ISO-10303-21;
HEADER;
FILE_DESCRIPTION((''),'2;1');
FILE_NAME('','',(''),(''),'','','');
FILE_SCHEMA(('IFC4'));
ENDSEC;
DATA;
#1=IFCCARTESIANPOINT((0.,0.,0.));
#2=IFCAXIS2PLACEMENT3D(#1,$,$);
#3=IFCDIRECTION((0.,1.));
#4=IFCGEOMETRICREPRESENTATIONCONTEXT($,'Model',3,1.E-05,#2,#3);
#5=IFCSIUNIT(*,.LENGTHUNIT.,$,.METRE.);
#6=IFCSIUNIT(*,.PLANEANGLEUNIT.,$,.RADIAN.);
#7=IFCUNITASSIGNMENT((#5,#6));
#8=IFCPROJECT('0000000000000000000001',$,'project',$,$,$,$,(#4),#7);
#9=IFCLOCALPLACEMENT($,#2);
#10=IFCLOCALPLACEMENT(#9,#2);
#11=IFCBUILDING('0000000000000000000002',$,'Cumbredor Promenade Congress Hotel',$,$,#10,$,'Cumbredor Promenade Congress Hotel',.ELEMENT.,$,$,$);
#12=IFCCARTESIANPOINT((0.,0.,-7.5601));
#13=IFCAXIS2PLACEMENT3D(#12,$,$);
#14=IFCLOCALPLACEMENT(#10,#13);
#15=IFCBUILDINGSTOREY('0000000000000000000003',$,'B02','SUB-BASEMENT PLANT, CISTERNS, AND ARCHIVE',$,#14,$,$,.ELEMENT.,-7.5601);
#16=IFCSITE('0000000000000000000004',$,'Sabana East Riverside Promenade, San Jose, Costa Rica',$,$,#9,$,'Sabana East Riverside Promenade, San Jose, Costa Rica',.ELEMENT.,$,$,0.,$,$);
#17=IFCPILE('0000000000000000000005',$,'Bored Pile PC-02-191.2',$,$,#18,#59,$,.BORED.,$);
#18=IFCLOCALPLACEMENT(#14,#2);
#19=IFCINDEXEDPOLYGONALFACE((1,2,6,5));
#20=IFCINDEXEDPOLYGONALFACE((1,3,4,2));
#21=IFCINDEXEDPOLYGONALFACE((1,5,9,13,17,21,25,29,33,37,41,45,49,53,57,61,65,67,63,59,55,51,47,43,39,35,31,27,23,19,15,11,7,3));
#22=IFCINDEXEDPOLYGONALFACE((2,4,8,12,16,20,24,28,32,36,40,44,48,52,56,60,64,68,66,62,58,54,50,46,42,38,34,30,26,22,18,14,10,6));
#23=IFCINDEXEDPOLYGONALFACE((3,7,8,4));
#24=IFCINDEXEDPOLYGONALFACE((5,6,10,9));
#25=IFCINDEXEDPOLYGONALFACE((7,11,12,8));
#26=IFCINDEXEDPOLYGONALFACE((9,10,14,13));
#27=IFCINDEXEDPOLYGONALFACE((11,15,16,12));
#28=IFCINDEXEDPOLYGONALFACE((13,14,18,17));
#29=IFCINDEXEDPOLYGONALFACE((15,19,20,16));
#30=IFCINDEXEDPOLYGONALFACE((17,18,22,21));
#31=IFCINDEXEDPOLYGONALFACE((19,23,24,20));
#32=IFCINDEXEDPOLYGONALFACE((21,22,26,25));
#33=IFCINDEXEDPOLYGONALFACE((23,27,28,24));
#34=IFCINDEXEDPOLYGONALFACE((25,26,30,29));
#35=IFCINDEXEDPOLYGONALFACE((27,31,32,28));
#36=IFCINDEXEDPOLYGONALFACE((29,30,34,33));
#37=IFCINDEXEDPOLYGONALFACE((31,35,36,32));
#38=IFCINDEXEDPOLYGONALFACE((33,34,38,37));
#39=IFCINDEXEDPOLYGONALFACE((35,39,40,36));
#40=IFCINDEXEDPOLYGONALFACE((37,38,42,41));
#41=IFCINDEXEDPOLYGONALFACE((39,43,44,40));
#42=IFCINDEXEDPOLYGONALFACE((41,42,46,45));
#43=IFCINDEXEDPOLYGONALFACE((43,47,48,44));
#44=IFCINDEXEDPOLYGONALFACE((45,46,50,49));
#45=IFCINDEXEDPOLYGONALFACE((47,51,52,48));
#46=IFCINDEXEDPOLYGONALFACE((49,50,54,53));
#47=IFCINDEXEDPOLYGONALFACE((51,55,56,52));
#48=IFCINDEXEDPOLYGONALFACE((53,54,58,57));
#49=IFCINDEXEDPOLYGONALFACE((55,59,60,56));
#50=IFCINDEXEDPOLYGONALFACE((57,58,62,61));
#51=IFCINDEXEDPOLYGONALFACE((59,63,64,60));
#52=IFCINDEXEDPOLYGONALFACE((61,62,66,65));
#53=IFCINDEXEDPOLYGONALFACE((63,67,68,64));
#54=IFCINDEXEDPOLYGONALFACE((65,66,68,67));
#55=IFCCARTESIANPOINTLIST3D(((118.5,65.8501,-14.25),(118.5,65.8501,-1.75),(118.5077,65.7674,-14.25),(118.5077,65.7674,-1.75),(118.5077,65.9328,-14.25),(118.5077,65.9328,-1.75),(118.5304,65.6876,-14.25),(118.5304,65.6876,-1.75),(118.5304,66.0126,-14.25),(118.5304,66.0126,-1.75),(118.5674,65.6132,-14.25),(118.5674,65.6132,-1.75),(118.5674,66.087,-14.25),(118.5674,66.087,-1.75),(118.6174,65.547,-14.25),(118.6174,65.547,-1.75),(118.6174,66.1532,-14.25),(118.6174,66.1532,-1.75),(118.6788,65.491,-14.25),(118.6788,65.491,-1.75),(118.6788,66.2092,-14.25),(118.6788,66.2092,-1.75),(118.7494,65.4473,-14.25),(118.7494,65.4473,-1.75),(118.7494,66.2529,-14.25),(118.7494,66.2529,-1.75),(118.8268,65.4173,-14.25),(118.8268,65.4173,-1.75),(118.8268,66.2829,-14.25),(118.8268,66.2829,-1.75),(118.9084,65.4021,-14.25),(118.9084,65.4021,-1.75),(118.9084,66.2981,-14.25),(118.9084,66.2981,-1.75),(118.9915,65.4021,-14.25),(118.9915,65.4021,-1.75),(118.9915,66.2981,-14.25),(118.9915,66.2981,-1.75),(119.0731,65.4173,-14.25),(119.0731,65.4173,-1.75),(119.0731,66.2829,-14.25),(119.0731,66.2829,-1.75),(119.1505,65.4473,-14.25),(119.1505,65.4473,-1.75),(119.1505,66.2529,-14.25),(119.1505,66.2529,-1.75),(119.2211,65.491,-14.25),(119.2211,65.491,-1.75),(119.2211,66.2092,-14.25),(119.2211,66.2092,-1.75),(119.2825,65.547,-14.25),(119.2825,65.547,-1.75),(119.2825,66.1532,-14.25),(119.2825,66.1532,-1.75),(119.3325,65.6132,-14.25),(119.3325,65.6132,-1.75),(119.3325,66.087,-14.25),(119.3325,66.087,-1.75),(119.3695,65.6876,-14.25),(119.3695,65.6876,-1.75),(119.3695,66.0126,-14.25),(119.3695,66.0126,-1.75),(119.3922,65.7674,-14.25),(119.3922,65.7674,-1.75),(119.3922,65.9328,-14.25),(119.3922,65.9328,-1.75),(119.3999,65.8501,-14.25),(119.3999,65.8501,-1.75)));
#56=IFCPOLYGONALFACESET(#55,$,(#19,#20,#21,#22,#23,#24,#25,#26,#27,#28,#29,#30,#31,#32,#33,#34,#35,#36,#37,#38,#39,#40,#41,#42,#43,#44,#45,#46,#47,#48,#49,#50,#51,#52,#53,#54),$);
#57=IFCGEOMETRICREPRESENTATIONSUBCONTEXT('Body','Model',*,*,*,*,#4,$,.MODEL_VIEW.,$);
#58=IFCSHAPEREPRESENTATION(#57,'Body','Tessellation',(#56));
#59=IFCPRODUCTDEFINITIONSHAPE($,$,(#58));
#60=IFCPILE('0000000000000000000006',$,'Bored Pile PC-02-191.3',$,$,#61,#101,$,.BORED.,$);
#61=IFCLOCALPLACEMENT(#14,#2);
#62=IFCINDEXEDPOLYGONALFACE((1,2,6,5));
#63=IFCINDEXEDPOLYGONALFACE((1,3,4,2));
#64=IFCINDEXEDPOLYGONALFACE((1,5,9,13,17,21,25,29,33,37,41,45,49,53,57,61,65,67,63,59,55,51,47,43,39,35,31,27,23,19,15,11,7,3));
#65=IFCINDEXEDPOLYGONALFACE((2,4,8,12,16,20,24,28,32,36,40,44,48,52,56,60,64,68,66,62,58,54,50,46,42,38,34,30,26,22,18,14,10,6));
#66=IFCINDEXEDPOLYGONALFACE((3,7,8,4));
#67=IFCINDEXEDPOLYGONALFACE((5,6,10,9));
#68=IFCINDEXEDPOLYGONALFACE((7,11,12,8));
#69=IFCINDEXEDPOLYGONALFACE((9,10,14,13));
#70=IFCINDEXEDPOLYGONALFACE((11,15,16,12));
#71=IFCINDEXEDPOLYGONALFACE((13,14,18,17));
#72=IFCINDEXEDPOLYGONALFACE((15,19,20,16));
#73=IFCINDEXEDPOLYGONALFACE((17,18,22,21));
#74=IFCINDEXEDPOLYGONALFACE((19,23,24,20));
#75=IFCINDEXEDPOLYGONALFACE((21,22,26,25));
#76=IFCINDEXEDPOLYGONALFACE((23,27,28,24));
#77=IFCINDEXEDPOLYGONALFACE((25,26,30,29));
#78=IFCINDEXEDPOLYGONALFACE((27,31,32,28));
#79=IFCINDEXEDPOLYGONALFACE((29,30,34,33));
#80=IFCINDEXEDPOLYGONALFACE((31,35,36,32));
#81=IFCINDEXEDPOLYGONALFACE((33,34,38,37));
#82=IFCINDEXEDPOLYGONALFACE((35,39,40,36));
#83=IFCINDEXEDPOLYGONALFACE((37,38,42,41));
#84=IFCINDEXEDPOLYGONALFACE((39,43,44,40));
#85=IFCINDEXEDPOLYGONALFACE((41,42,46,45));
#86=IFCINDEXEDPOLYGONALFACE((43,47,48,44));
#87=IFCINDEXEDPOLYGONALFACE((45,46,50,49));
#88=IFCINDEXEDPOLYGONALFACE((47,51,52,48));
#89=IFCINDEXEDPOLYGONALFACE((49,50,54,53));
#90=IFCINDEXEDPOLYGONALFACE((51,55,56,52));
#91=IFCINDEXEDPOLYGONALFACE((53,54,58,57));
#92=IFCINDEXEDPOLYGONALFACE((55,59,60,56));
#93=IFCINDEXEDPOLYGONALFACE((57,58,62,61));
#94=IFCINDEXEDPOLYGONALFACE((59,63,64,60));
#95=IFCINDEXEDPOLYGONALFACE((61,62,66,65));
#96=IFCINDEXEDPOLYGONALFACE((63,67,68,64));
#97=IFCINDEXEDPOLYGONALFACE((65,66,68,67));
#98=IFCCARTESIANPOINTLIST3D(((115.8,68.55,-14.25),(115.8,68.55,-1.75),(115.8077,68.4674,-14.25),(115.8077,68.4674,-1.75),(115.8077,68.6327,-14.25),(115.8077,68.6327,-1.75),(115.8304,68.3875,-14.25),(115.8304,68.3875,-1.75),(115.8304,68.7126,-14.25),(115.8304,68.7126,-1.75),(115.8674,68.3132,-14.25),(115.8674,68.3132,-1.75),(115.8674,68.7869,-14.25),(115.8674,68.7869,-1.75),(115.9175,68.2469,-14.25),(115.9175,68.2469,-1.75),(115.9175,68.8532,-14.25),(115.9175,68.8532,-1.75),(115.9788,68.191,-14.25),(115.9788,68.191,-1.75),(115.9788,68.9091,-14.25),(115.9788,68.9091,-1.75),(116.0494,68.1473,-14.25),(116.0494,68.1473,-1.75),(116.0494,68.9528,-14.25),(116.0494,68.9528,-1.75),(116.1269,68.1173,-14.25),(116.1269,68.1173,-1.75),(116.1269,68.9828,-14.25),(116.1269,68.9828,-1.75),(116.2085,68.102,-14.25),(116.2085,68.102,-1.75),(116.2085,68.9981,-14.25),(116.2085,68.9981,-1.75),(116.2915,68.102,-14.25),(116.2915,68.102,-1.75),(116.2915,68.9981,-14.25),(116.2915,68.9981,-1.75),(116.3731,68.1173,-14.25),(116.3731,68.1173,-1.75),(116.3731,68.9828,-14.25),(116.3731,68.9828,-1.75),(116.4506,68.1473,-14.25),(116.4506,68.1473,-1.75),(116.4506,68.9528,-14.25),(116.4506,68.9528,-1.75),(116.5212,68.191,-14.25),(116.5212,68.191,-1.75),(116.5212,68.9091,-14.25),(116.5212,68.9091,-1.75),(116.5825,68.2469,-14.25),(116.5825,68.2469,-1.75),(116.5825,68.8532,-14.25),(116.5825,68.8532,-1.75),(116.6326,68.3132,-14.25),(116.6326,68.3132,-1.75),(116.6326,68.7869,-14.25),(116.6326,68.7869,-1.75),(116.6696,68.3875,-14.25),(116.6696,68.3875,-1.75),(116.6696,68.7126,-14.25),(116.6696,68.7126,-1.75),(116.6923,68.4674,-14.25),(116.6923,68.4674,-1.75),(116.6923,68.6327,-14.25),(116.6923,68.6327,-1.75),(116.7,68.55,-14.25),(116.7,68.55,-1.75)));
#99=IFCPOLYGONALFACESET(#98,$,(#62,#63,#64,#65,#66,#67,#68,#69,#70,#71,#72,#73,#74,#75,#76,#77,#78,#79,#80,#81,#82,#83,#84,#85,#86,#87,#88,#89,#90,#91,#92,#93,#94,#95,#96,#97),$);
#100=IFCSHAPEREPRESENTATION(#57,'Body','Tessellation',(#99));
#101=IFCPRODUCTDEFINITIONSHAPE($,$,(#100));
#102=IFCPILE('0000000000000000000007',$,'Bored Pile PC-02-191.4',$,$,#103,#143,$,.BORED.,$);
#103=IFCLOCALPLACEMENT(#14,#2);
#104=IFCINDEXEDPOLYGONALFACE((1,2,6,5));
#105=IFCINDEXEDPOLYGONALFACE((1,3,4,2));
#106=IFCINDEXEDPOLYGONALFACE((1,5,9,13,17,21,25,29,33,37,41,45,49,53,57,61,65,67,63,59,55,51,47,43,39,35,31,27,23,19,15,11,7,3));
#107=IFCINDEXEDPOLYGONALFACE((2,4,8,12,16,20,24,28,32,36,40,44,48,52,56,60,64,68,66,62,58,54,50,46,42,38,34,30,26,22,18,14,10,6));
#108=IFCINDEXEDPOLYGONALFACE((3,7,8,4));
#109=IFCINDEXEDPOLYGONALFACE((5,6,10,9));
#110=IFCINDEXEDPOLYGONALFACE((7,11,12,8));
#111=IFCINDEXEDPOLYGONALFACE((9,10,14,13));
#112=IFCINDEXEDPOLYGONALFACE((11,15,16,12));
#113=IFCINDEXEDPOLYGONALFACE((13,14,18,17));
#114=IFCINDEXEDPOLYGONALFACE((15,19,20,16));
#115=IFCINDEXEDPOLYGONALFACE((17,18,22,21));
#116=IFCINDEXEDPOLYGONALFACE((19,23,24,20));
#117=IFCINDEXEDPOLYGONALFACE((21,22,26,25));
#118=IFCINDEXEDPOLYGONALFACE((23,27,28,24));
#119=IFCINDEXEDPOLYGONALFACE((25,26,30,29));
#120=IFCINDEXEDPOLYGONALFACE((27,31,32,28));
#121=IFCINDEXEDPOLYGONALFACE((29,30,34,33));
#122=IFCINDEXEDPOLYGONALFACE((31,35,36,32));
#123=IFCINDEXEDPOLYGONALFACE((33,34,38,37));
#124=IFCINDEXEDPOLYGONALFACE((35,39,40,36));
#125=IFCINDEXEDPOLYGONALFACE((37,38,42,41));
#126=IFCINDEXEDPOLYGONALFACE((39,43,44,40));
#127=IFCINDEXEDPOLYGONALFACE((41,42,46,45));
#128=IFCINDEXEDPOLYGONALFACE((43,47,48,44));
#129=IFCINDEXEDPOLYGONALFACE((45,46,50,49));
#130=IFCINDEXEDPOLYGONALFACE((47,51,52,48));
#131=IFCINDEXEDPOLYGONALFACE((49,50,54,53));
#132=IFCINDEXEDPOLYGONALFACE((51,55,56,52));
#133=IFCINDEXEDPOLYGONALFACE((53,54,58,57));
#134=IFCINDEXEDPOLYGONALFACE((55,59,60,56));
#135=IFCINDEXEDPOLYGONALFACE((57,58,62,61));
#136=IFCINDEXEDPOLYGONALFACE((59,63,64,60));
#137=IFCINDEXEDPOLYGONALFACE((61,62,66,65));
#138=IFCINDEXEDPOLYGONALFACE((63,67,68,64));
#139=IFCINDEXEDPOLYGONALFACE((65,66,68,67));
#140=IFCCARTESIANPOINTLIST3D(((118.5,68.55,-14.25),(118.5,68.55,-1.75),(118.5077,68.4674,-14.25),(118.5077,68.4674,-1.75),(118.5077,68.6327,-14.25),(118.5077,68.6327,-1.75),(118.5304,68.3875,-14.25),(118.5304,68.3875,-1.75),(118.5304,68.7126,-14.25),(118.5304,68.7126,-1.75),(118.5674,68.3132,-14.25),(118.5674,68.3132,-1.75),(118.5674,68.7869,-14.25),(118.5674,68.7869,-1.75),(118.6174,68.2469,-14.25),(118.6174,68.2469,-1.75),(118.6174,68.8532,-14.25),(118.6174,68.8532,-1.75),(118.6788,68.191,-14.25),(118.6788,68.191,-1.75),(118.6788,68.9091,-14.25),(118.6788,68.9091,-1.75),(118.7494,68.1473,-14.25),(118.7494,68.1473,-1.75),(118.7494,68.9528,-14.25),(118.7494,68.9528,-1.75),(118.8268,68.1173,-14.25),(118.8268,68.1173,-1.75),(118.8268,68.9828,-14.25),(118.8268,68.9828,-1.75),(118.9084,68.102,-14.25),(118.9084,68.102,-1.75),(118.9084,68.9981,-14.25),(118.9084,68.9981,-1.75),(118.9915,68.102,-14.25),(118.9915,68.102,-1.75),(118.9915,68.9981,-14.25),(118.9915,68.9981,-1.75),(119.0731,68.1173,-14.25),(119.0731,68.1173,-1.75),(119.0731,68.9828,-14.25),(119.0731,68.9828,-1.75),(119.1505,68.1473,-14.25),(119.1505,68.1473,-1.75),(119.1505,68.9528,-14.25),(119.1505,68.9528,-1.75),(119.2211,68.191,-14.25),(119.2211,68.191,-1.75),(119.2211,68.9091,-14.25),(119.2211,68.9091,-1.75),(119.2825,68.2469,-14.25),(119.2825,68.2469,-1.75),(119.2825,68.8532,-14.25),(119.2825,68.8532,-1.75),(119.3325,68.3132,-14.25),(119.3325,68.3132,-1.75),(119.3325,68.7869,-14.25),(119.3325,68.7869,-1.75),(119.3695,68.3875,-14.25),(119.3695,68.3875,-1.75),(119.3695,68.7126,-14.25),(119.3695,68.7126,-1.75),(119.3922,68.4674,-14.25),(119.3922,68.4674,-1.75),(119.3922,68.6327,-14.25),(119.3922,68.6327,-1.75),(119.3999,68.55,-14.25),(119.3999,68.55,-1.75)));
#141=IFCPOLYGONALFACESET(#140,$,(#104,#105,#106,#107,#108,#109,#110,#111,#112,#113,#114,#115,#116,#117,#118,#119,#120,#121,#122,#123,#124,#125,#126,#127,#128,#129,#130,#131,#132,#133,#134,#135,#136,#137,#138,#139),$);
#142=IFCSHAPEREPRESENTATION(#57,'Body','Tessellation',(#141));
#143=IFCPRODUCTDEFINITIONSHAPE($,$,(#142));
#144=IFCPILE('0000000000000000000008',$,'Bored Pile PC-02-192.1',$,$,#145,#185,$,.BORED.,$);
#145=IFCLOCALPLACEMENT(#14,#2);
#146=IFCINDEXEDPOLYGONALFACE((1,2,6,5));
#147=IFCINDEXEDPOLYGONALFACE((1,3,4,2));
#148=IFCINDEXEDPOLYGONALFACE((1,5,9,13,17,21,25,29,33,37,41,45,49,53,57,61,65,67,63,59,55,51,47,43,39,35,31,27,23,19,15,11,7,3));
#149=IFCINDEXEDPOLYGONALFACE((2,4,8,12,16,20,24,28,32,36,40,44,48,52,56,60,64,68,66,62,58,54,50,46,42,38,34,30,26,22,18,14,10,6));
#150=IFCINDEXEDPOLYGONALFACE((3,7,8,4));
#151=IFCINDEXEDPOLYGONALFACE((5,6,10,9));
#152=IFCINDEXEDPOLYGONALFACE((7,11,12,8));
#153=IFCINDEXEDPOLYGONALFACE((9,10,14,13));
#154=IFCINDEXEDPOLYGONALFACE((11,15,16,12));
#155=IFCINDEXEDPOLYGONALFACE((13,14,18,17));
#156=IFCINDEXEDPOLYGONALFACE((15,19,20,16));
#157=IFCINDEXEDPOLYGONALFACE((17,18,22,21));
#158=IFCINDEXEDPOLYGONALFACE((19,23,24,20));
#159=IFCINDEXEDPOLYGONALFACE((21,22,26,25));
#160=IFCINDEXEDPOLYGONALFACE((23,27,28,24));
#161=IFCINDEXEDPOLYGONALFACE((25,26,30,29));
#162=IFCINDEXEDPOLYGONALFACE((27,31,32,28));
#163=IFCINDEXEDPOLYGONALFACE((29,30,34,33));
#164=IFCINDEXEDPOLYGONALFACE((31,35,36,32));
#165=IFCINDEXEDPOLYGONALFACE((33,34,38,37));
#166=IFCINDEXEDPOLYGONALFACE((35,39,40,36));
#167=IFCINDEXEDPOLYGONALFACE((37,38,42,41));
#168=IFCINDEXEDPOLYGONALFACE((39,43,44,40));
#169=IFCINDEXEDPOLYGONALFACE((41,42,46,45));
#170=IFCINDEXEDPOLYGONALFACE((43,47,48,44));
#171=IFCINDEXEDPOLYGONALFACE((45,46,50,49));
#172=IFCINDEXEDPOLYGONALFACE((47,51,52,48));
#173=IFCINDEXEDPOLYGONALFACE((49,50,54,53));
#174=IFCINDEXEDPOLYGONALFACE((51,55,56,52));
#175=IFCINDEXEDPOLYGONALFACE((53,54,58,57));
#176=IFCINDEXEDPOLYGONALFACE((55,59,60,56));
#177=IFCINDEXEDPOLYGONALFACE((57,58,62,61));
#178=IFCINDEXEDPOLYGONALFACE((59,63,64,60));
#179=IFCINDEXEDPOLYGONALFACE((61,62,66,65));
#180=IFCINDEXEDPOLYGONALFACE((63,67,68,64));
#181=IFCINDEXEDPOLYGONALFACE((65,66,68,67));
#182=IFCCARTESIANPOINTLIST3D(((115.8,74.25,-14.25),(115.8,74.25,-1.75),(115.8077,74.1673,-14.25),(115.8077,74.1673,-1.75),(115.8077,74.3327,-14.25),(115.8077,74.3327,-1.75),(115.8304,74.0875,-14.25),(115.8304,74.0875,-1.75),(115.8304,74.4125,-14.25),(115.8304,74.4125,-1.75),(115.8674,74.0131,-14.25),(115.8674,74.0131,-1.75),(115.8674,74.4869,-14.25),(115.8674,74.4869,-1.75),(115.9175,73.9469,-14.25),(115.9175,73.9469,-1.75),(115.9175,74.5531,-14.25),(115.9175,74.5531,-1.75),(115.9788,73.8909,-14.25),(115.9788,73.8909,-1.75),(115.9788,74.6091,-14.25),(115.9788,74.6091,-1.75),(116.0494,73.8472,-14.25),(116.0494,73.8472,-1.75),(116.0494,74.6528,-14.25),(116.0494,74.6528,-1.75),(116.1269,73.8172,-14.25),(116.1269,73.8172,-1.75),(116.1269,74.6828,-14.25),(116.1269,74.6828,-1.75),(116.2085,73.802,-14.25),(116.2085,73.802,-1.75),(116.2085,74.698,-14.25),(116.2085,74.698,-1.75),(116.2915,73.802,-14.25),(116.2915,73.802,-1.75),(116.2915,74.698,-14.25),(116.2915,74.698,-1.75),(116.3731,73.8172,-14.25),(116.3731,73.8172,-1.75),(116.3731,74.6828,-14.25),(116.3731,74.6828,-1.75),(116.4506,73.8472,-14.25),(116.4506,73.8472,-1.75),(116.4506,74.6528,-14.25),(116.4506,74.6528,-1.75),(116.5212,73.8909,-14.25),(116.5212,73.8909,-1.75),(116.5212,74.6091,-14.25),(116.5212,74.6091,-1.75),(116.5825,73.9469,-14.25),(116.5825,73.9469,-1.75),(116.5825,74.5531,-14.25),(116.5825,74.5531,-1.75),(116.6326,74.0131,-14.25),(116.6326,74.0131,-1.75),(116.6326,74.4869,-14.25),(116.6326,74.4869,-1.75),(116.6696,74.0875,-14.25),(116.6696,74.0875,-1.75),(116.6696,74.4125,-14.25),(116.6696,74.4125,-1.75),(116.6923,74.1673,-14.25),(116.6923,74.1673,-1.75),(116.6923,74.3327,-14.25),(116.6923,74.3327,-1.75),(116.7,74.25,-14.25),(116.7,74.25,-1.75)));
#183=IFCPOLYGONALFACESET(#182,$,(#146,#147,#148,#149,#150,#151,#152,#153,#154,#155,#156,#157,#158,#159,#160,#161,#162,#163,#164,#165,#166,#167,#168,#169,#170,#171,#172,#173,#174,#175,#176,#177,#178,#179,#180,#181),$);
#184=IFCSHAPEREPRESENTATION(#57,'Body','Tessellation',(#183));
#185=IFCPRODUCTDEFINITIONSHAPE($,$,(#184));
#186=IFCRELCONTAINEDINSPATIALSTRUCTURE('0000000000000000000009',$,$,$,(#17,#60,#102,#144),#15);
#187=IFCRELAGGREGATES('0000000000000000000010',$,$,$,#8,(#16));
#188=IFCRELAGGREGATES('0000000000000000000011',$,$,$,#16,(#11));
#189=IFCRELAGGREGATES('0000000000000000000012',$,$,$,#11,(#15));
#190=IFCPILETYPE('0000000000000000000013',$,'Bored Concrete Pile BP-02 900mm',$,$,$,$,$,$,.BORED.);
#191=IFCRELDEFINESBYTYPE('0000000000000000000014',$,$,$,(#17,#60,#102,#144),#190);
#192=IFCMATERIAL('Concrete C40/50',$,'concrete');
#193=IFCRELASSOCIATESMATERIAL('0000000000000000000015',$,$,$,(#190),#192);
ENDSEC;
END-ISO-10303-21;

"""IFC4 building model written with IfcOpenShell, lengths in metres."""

from ifc_helpers import new_model, si_unit, direction, frame, origin, origin_2d, place, context, subcontext, project, spatial, circle, extrude, material, material_profile, profile_set, type_object, element, save


model = new_model("IFC4")

# Units and contexts
model_context = context("Model", 3, precision=1e-05, world=origin(), true_north=direction((0.0, 1.0)))
body_context = subcontext(model_context, "Body", "Model", "MODEL_VIEW")
ifc_project = project(units=[si_unit("LENGTHUNIT", "METRE"), si_unit("PLANEANGLEUNIT", "RADIAN")], contexts=[model_context])

# Site, building, storey
site_placement = place(None, origin())
site = spatial("IfcSite", under=ifc_project, at=site_placement, Name="Sabana East Riverside Promenade, San Jose, Costa Rica", LongName="Sabana East Riverside Promenade, San Jose, Costa Rica", CompositionType="ELEMENT", RefElevation=0.0)
building_placement = place(site_placement, origin())
building = spatial("IfcBuilding", under=site, at=building_placement, Name="Cumbredor Promenade Congress Hotel", LongName="Cumbredor Promenade Congress Hotel", CompositionType="ELEMENT")
storey_placement = place(building_placement, frame((0.0, 0.0, -7.5601)))
storey = spatial("IfcBuildingStorey", under=building, at=storey_placement, Name="B02", Description="SUB-BASEMENT PLANT, CISTERNS, AND ARCHIVE", CompositionType="ELEMENT", Elevation=-7.5601)

# Piles
ifc_material_1 = material(Name="Concrete C40/50", Category="concrete")
ifc_material_profile_1 = material_profile(ifc_material_1, circle(Radius=0.45, at=origin_2d()), Name="PILE D900")
ifc_profile_set_1 = profile_set([ifc_material_profile_1], Name="Concrete C40/50")
pile_type = type_object("IfcPileType", Name="Bored Concrete Pile BP-02 900mm", PredefinedType="BORED", material=ifc_profile_set_1)
for number, where, z_axis, x_axis, name in (
    (1, (118.95, 65.8501, -1.75), (0.0, 0.0, -1.0), (1.0, 0.0, 0.0), "Bored Pile PC-02-191.2"),
    (2, (116.25, 68.55, -1.75), (0.0, 0.0, -1.0), (1.0, 0.0, 0.0), "Bored Pile PC-02-191.3"),
    (3, (118.95, 68.55, -1.75), (0.0, 0.0, -1.0), (1.0, 0.0, 0.0), "Bored Pile PC-02-191.4"),
    (4, (116.25, 74.25, -1.75), (0.0, 0.0, -1.0), (1.0, 0.0, 0.0), "Bored Pile PC-02-192.1"),
):
    element("IfcPile", number, at=place(storey_placement, frame(where, z_axis=z_axis, x_axis=x_axis)), inside=storey, type_object=pile_type, Name=name, PredefinedType="BORED", context=body_context, shape_type="SweptSolid", body=[
        extrude(circle(Radius=0.45, at=origin_2d()), origin(), (0.0, 0.0, 1.0), 12.5),
    ])

save(model, "model.ifc")
